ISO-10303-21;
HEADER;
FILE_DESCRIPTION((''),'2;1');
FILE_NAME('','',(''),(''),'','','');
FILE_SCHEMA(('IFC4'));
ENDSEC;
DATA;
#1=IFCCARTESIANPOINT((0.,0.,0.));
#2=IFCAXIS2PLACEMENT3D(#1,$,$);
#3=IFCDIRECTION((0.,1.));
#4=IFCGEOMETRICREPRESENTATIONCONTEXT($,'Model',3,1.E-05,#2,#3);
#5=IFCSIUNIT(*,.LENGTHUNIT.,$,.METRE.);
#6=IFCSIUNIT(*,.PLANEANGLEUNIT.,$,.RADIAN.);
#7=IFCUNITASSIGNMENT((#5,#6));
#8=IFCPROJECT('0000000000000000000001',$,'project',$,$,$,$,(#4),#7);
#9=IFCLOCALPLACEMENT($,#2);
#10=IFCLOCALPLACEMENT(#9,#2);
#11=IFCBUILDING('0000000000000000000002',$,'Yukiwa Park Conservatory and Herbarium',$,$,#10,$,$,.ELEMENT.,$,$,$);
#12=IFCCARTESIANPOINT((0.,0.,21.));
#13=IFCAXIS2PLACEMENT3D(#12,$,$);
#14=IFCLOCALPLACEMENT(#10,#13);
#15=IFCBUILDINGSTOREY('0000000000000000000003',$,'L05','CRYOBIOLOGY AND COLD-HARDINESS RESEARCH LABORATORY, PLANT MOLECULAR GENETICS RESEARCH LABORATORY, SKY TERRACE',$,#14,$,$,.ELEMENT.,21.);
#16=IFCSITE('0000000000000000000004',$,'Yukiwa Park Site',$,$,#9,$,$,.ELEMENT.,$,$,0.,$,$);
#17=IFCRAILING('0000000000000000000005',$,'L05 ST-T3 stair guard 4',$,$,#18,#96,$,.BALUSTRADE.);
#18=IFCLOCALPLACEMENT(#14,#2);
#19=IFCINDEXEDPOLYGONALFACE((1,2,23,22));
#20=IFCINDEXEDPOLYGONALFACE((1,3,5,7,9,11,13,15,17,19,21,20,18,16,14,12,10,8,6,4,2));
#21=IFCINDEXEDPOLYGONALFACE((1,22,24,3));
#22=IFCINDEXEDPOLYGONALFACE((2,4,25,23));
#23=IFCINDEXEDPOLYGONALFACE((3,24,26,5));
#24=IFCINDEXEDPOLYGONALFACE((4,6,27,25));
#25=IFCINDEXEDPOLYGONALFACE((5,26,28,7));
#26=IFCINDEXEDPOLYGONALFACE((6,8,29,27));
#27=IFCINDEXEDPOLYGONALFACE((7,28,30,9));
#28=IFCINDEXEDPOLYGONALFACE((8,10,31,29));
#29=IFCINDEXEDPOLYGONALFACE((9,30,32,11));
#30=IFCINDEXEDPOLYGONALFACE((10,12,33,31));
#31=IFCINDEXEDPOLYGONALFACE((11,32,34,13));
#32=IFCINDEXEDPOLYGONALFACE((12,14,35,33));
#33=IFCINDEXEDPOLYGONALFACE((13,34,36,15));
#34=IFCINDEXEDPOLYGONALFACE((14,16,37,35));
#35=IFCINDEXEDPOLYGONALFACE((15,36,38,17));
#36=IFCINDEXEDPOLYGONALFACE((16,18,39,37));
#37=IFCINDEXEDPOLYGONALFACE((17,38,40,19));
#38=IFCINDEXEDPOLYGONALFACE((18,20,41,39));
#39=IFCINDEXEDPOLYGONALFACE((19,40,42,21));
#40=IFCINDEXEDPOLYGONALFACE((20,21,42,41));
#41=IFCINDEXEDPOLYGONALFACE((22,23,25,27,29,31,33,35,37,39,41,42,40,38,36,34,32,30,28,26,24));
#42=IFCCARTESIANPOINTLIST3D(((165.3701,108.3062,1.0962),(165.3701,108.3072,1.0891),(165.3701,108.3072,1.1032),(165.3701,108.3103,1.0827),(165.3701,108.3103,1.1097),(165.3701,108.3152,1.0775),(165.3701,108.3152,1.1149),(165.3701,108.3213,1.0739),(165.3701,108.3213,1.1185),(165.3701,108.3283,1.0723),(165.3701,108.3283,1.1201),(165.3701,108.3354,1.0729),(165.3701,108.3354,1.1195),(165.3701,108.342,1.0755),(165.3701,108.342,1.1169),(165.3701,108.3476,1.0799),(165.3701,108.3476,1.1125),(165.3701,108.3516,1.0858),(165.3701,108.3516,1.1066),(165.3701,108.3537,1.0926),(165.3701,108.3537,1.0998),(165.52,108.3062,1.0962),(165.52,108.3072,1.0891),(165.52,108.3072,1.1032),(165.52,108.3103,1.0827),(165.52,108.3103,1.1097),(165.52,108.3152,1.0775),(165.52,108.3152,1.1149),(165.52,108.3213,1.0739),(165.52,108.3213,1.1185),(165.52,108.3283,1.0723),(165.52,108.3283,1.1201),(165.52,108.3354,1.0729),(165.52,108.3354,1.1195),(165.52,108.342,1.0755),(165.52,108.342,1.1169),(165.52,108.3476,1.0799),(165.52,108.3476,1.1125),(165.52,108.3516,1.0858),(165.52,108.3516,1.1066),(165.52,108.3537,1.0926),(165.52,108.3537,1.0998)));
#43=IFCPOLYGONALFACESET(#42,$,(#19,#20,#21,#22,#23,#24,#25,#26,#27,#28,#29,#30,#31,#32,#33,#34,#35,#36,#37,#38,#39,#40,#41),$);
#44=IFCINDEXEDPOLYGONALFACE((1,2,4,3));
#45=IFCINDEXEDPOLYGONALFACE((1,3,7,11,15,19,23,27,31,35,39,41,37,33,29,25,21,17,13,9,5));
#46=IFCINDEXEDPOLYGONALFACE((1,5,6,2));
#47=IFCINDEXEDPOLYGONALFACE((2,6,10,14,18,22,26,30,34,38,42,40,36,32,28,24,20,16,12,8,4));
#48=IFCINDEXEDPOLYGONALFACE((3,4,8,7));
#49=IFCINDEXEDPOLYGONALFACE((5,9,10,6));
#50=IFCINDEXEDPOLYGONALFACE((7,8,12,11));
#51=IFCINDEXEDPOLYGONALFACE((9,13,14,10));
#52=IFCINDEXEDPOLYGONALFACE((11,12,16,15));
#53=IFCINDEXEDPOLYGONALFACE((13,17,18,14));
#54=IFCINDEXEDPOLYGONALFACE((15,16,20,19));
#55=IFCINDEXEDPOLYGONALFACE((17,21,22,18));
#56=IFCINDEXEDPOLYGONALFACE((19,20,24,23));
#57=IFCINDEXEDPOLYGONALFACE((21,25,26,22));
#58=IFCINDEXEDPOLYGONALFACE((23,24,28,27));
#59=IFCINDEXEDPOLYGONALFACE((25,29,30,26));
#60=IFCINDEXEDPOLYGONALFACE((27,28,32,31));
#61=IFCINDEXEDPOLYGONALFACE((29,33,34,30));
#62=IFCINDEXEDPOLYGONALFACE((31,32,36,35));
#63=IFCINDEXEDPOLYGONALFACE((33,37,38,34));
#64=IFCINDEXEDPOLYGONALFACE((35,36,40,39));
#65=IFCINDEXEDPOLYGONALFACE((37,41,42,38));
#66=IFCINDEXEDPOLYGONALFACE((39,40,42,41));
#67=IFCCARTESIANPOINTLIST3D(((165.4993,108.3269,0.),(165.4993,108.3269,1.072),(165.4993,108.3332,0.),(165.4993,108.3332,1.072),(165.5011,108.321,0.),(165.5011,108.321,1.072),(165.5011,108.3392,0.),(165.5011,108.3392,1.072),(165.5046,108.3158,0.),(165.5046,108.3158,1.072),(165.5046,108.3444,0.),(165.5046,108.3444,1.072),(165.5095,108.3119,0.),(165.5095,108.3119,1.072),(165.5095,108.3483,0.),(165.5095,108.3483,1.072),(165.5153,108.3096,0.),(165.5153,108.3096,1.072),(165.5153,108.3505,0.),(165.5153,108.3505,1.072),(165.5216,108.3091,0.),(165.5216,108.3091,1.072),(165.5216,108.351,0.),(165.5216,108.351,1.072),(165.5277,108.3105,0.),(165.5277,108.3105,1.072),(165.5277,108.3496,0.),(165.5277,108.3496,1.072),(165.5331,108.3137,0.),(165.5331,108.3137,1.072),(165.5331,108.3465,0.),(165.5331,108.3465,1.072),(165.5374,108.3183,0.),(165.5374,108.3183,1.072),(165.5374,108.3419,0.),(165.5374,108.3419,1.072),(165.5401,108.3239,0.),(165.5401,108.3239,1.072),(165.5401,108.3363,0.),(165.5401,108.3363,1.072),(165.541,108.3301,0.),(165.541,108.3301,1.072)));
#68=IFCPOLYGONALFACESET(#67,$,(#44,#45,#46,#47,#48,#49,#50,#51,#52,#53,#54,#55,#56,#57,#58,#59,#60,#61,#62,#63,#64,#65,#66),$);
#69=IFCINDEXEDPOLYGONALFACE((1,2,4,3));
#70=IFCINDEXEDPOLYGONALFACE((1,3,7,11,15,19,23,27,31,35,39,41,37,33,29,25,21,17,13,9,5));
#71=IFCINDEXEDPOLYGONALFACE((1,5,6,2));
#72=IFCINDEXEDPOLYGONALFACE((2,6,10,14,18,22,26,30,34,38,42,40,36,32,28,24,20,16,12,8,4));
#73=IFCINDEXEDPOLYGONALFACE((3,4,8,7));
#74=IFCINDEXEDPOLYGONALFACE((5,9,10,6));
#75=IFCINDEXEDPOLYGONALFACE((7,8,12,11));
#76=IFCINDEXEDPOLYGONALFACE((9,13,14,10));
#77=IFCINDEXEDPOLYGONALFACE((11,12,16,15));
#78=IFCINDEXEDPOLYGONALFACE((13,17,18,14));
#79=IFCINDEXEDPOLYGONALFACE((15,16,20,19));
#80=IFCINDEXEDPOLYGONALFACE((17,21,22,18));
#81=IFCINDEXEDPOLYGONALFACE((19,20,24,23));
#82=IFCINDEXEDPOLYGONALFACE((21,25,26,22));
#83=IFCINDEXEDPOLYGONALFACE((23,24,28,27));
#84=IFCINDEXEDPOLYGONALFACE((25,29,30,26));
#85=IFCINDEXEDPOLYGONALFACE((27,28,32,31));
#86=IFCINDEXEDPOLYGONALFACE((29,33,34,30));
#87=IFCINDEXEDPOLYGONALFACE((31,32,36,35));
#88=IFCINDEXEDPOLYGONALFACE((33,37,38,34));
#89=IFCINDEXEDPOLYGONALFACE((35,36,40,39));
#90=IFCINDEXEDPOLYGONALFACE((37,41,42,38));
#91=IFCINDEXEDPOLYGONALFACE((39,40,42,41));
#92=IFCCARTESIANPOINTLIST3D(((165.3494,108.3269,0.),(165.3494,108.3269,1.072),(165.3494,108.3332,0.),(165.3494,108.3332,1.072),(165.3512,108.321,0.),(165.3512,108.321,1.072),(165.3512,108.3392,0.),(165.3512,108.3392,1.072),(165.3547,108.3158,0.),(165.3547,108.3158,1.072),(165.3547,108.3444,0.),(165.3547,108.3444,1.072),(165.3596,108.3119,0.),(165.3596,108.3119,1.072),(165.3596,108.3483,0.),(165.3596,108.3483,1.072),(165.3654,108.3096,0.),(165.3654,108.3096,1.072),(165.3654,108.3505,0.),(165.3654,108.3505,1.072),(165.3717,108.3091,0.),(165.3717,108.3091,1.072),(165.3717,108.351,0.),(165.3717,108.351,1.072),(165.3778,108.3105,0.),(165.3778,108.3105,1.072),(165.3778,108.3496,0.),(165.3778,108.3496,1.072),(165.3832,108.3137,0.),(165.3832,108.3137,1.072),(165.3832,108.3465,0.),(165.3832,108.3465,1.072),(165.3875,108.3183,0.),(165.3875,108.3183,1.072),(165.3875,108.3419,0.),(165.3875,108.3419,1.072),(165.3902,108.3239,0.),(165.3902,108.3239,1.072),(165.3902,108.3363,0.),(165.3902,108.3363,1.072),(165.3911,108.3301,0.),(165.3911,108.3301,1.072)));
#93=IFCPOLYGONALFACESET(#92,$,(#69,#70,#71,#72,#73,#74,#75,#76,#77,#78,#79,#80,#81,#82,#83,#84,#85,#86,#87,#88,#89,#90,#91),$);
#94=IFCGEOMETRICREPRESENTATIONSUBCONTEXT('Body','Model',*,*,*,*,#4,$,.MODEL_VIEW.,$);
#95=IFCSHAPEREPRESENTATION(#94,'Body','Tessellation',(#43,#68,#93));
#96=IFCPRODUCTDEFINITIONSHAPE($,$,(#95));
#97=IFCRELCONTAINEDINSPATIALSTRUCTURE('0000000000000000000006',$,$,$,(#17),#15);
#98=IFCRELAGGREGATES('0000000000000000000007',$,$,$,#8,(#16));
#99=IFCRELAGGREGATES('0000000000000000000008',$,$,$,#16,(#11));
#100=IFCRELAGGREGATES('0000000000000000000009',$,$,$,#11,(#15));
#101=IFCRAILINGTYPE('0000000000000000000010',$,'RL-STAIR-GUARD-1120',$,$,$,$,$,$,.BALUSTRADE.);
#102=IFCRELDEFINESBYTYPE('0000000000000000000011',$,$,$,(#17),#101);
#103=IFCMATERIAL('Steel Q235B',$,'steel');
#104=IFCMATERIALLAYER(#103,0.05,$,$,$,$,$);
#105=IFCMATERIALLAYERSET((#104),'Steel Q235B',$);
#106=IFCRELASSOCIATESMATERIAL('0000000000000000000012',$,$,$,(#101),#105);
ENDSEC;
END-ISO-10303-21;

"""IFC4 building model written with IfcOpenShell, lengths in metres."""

from ifc_helpers import new_model, si_unit, direction, frame, origin, origin_2d, place, context, subcontext, project, spatial, circle, extrude, material, layer, layer_set, type_object, element, save


model = new_model("IFC4")

# Units and contexts
model_context = context("Model", 3, precision=1e-05, world=origin(), true_north=direction((0.0, 1.0)))
body_context = subcontext(model_context, "Body", "Model", "MODEL_VIEW")
ifc_project = project(units=[si_unit("LENGTHUNIT", "METRE"), si_unit("PLANEANGLEUNIT", "RADIAN")], contexts=[model_context])

# Site, building, storey
site_placement = place(None, origin())
site = spatial("IfcSite", under=ifc_project, at=site_placement, Name="Yukiwa Park Site", CompositionType="ELEMENT", RefElevation=0.0)
building_placement = place(site_placement, origin())
building = spatial("IfcBuilding", under=site, at=building_placement, Name="Yukiwa Park Conservatory and Herbarium", CompositionType="ELEMENT")
storey_placement = place(building_placement, frame((0.0, 0.0, 21.0)))
storey = spatial("IfcBuildingStorey", under=building, at=storey_placement, Name="L05", Description="CRYOBIOLOGY AND COLD-HARDINESS RESEARCH LABORATORY, PLANT MOLECULAR GENETICS RESEARCH LABORATORY, SKY TERRACE", CompositionType="ELEMENT", Elevation=21.0)

# Railing
ifc_material_1 = material(Name="Steel Q235B", Category="steel")
ifc_layer_1 = layer(ifc_material_1, 0.05)
ifc_layer_set_1 = layer_set([ifc_layer_1], Name="Steel Q235B")
railing_type_1 = type_object("IfcRailingType", Name="RL-STAIR-GUARD-1120", PredefinedType="BALUSTRADE", material=ifc_layer_set_1)
railing_1_placement = place(storey_placement, frame((165.52, 108.3301, 0.0)))
element("IfcRailing", 1, at=railing_1_placement, inside=storey, type_object=railing_type_1, Name="L05 ST-T3 stair guard 4", PredefinedType="BALUSTRADE", context=body_context, shape_type="SweptSolid", body=[
    extrude(circle(Radius=0.0239, at=origin_2d()), frame((0.0, 0.0, 1.0962), z_axis=(-1.0, 0.0, 0.0), x_axis=(0.0, -1.0, 0.0)), (0.0, 0.0, 1.0), 0.1499),
    extrude(circle(Radius=0.021, at=origin_2d()), origin(), (0.0, 0.0, 1.0), 1.072),
    extrude(circle(Radius=0.021, at=origin_2d()), frame((-0.1499, 0.0, 0.0)), (0.0, 0.0, 1.0), 1.072),
])

save(model, "model.ifc")
